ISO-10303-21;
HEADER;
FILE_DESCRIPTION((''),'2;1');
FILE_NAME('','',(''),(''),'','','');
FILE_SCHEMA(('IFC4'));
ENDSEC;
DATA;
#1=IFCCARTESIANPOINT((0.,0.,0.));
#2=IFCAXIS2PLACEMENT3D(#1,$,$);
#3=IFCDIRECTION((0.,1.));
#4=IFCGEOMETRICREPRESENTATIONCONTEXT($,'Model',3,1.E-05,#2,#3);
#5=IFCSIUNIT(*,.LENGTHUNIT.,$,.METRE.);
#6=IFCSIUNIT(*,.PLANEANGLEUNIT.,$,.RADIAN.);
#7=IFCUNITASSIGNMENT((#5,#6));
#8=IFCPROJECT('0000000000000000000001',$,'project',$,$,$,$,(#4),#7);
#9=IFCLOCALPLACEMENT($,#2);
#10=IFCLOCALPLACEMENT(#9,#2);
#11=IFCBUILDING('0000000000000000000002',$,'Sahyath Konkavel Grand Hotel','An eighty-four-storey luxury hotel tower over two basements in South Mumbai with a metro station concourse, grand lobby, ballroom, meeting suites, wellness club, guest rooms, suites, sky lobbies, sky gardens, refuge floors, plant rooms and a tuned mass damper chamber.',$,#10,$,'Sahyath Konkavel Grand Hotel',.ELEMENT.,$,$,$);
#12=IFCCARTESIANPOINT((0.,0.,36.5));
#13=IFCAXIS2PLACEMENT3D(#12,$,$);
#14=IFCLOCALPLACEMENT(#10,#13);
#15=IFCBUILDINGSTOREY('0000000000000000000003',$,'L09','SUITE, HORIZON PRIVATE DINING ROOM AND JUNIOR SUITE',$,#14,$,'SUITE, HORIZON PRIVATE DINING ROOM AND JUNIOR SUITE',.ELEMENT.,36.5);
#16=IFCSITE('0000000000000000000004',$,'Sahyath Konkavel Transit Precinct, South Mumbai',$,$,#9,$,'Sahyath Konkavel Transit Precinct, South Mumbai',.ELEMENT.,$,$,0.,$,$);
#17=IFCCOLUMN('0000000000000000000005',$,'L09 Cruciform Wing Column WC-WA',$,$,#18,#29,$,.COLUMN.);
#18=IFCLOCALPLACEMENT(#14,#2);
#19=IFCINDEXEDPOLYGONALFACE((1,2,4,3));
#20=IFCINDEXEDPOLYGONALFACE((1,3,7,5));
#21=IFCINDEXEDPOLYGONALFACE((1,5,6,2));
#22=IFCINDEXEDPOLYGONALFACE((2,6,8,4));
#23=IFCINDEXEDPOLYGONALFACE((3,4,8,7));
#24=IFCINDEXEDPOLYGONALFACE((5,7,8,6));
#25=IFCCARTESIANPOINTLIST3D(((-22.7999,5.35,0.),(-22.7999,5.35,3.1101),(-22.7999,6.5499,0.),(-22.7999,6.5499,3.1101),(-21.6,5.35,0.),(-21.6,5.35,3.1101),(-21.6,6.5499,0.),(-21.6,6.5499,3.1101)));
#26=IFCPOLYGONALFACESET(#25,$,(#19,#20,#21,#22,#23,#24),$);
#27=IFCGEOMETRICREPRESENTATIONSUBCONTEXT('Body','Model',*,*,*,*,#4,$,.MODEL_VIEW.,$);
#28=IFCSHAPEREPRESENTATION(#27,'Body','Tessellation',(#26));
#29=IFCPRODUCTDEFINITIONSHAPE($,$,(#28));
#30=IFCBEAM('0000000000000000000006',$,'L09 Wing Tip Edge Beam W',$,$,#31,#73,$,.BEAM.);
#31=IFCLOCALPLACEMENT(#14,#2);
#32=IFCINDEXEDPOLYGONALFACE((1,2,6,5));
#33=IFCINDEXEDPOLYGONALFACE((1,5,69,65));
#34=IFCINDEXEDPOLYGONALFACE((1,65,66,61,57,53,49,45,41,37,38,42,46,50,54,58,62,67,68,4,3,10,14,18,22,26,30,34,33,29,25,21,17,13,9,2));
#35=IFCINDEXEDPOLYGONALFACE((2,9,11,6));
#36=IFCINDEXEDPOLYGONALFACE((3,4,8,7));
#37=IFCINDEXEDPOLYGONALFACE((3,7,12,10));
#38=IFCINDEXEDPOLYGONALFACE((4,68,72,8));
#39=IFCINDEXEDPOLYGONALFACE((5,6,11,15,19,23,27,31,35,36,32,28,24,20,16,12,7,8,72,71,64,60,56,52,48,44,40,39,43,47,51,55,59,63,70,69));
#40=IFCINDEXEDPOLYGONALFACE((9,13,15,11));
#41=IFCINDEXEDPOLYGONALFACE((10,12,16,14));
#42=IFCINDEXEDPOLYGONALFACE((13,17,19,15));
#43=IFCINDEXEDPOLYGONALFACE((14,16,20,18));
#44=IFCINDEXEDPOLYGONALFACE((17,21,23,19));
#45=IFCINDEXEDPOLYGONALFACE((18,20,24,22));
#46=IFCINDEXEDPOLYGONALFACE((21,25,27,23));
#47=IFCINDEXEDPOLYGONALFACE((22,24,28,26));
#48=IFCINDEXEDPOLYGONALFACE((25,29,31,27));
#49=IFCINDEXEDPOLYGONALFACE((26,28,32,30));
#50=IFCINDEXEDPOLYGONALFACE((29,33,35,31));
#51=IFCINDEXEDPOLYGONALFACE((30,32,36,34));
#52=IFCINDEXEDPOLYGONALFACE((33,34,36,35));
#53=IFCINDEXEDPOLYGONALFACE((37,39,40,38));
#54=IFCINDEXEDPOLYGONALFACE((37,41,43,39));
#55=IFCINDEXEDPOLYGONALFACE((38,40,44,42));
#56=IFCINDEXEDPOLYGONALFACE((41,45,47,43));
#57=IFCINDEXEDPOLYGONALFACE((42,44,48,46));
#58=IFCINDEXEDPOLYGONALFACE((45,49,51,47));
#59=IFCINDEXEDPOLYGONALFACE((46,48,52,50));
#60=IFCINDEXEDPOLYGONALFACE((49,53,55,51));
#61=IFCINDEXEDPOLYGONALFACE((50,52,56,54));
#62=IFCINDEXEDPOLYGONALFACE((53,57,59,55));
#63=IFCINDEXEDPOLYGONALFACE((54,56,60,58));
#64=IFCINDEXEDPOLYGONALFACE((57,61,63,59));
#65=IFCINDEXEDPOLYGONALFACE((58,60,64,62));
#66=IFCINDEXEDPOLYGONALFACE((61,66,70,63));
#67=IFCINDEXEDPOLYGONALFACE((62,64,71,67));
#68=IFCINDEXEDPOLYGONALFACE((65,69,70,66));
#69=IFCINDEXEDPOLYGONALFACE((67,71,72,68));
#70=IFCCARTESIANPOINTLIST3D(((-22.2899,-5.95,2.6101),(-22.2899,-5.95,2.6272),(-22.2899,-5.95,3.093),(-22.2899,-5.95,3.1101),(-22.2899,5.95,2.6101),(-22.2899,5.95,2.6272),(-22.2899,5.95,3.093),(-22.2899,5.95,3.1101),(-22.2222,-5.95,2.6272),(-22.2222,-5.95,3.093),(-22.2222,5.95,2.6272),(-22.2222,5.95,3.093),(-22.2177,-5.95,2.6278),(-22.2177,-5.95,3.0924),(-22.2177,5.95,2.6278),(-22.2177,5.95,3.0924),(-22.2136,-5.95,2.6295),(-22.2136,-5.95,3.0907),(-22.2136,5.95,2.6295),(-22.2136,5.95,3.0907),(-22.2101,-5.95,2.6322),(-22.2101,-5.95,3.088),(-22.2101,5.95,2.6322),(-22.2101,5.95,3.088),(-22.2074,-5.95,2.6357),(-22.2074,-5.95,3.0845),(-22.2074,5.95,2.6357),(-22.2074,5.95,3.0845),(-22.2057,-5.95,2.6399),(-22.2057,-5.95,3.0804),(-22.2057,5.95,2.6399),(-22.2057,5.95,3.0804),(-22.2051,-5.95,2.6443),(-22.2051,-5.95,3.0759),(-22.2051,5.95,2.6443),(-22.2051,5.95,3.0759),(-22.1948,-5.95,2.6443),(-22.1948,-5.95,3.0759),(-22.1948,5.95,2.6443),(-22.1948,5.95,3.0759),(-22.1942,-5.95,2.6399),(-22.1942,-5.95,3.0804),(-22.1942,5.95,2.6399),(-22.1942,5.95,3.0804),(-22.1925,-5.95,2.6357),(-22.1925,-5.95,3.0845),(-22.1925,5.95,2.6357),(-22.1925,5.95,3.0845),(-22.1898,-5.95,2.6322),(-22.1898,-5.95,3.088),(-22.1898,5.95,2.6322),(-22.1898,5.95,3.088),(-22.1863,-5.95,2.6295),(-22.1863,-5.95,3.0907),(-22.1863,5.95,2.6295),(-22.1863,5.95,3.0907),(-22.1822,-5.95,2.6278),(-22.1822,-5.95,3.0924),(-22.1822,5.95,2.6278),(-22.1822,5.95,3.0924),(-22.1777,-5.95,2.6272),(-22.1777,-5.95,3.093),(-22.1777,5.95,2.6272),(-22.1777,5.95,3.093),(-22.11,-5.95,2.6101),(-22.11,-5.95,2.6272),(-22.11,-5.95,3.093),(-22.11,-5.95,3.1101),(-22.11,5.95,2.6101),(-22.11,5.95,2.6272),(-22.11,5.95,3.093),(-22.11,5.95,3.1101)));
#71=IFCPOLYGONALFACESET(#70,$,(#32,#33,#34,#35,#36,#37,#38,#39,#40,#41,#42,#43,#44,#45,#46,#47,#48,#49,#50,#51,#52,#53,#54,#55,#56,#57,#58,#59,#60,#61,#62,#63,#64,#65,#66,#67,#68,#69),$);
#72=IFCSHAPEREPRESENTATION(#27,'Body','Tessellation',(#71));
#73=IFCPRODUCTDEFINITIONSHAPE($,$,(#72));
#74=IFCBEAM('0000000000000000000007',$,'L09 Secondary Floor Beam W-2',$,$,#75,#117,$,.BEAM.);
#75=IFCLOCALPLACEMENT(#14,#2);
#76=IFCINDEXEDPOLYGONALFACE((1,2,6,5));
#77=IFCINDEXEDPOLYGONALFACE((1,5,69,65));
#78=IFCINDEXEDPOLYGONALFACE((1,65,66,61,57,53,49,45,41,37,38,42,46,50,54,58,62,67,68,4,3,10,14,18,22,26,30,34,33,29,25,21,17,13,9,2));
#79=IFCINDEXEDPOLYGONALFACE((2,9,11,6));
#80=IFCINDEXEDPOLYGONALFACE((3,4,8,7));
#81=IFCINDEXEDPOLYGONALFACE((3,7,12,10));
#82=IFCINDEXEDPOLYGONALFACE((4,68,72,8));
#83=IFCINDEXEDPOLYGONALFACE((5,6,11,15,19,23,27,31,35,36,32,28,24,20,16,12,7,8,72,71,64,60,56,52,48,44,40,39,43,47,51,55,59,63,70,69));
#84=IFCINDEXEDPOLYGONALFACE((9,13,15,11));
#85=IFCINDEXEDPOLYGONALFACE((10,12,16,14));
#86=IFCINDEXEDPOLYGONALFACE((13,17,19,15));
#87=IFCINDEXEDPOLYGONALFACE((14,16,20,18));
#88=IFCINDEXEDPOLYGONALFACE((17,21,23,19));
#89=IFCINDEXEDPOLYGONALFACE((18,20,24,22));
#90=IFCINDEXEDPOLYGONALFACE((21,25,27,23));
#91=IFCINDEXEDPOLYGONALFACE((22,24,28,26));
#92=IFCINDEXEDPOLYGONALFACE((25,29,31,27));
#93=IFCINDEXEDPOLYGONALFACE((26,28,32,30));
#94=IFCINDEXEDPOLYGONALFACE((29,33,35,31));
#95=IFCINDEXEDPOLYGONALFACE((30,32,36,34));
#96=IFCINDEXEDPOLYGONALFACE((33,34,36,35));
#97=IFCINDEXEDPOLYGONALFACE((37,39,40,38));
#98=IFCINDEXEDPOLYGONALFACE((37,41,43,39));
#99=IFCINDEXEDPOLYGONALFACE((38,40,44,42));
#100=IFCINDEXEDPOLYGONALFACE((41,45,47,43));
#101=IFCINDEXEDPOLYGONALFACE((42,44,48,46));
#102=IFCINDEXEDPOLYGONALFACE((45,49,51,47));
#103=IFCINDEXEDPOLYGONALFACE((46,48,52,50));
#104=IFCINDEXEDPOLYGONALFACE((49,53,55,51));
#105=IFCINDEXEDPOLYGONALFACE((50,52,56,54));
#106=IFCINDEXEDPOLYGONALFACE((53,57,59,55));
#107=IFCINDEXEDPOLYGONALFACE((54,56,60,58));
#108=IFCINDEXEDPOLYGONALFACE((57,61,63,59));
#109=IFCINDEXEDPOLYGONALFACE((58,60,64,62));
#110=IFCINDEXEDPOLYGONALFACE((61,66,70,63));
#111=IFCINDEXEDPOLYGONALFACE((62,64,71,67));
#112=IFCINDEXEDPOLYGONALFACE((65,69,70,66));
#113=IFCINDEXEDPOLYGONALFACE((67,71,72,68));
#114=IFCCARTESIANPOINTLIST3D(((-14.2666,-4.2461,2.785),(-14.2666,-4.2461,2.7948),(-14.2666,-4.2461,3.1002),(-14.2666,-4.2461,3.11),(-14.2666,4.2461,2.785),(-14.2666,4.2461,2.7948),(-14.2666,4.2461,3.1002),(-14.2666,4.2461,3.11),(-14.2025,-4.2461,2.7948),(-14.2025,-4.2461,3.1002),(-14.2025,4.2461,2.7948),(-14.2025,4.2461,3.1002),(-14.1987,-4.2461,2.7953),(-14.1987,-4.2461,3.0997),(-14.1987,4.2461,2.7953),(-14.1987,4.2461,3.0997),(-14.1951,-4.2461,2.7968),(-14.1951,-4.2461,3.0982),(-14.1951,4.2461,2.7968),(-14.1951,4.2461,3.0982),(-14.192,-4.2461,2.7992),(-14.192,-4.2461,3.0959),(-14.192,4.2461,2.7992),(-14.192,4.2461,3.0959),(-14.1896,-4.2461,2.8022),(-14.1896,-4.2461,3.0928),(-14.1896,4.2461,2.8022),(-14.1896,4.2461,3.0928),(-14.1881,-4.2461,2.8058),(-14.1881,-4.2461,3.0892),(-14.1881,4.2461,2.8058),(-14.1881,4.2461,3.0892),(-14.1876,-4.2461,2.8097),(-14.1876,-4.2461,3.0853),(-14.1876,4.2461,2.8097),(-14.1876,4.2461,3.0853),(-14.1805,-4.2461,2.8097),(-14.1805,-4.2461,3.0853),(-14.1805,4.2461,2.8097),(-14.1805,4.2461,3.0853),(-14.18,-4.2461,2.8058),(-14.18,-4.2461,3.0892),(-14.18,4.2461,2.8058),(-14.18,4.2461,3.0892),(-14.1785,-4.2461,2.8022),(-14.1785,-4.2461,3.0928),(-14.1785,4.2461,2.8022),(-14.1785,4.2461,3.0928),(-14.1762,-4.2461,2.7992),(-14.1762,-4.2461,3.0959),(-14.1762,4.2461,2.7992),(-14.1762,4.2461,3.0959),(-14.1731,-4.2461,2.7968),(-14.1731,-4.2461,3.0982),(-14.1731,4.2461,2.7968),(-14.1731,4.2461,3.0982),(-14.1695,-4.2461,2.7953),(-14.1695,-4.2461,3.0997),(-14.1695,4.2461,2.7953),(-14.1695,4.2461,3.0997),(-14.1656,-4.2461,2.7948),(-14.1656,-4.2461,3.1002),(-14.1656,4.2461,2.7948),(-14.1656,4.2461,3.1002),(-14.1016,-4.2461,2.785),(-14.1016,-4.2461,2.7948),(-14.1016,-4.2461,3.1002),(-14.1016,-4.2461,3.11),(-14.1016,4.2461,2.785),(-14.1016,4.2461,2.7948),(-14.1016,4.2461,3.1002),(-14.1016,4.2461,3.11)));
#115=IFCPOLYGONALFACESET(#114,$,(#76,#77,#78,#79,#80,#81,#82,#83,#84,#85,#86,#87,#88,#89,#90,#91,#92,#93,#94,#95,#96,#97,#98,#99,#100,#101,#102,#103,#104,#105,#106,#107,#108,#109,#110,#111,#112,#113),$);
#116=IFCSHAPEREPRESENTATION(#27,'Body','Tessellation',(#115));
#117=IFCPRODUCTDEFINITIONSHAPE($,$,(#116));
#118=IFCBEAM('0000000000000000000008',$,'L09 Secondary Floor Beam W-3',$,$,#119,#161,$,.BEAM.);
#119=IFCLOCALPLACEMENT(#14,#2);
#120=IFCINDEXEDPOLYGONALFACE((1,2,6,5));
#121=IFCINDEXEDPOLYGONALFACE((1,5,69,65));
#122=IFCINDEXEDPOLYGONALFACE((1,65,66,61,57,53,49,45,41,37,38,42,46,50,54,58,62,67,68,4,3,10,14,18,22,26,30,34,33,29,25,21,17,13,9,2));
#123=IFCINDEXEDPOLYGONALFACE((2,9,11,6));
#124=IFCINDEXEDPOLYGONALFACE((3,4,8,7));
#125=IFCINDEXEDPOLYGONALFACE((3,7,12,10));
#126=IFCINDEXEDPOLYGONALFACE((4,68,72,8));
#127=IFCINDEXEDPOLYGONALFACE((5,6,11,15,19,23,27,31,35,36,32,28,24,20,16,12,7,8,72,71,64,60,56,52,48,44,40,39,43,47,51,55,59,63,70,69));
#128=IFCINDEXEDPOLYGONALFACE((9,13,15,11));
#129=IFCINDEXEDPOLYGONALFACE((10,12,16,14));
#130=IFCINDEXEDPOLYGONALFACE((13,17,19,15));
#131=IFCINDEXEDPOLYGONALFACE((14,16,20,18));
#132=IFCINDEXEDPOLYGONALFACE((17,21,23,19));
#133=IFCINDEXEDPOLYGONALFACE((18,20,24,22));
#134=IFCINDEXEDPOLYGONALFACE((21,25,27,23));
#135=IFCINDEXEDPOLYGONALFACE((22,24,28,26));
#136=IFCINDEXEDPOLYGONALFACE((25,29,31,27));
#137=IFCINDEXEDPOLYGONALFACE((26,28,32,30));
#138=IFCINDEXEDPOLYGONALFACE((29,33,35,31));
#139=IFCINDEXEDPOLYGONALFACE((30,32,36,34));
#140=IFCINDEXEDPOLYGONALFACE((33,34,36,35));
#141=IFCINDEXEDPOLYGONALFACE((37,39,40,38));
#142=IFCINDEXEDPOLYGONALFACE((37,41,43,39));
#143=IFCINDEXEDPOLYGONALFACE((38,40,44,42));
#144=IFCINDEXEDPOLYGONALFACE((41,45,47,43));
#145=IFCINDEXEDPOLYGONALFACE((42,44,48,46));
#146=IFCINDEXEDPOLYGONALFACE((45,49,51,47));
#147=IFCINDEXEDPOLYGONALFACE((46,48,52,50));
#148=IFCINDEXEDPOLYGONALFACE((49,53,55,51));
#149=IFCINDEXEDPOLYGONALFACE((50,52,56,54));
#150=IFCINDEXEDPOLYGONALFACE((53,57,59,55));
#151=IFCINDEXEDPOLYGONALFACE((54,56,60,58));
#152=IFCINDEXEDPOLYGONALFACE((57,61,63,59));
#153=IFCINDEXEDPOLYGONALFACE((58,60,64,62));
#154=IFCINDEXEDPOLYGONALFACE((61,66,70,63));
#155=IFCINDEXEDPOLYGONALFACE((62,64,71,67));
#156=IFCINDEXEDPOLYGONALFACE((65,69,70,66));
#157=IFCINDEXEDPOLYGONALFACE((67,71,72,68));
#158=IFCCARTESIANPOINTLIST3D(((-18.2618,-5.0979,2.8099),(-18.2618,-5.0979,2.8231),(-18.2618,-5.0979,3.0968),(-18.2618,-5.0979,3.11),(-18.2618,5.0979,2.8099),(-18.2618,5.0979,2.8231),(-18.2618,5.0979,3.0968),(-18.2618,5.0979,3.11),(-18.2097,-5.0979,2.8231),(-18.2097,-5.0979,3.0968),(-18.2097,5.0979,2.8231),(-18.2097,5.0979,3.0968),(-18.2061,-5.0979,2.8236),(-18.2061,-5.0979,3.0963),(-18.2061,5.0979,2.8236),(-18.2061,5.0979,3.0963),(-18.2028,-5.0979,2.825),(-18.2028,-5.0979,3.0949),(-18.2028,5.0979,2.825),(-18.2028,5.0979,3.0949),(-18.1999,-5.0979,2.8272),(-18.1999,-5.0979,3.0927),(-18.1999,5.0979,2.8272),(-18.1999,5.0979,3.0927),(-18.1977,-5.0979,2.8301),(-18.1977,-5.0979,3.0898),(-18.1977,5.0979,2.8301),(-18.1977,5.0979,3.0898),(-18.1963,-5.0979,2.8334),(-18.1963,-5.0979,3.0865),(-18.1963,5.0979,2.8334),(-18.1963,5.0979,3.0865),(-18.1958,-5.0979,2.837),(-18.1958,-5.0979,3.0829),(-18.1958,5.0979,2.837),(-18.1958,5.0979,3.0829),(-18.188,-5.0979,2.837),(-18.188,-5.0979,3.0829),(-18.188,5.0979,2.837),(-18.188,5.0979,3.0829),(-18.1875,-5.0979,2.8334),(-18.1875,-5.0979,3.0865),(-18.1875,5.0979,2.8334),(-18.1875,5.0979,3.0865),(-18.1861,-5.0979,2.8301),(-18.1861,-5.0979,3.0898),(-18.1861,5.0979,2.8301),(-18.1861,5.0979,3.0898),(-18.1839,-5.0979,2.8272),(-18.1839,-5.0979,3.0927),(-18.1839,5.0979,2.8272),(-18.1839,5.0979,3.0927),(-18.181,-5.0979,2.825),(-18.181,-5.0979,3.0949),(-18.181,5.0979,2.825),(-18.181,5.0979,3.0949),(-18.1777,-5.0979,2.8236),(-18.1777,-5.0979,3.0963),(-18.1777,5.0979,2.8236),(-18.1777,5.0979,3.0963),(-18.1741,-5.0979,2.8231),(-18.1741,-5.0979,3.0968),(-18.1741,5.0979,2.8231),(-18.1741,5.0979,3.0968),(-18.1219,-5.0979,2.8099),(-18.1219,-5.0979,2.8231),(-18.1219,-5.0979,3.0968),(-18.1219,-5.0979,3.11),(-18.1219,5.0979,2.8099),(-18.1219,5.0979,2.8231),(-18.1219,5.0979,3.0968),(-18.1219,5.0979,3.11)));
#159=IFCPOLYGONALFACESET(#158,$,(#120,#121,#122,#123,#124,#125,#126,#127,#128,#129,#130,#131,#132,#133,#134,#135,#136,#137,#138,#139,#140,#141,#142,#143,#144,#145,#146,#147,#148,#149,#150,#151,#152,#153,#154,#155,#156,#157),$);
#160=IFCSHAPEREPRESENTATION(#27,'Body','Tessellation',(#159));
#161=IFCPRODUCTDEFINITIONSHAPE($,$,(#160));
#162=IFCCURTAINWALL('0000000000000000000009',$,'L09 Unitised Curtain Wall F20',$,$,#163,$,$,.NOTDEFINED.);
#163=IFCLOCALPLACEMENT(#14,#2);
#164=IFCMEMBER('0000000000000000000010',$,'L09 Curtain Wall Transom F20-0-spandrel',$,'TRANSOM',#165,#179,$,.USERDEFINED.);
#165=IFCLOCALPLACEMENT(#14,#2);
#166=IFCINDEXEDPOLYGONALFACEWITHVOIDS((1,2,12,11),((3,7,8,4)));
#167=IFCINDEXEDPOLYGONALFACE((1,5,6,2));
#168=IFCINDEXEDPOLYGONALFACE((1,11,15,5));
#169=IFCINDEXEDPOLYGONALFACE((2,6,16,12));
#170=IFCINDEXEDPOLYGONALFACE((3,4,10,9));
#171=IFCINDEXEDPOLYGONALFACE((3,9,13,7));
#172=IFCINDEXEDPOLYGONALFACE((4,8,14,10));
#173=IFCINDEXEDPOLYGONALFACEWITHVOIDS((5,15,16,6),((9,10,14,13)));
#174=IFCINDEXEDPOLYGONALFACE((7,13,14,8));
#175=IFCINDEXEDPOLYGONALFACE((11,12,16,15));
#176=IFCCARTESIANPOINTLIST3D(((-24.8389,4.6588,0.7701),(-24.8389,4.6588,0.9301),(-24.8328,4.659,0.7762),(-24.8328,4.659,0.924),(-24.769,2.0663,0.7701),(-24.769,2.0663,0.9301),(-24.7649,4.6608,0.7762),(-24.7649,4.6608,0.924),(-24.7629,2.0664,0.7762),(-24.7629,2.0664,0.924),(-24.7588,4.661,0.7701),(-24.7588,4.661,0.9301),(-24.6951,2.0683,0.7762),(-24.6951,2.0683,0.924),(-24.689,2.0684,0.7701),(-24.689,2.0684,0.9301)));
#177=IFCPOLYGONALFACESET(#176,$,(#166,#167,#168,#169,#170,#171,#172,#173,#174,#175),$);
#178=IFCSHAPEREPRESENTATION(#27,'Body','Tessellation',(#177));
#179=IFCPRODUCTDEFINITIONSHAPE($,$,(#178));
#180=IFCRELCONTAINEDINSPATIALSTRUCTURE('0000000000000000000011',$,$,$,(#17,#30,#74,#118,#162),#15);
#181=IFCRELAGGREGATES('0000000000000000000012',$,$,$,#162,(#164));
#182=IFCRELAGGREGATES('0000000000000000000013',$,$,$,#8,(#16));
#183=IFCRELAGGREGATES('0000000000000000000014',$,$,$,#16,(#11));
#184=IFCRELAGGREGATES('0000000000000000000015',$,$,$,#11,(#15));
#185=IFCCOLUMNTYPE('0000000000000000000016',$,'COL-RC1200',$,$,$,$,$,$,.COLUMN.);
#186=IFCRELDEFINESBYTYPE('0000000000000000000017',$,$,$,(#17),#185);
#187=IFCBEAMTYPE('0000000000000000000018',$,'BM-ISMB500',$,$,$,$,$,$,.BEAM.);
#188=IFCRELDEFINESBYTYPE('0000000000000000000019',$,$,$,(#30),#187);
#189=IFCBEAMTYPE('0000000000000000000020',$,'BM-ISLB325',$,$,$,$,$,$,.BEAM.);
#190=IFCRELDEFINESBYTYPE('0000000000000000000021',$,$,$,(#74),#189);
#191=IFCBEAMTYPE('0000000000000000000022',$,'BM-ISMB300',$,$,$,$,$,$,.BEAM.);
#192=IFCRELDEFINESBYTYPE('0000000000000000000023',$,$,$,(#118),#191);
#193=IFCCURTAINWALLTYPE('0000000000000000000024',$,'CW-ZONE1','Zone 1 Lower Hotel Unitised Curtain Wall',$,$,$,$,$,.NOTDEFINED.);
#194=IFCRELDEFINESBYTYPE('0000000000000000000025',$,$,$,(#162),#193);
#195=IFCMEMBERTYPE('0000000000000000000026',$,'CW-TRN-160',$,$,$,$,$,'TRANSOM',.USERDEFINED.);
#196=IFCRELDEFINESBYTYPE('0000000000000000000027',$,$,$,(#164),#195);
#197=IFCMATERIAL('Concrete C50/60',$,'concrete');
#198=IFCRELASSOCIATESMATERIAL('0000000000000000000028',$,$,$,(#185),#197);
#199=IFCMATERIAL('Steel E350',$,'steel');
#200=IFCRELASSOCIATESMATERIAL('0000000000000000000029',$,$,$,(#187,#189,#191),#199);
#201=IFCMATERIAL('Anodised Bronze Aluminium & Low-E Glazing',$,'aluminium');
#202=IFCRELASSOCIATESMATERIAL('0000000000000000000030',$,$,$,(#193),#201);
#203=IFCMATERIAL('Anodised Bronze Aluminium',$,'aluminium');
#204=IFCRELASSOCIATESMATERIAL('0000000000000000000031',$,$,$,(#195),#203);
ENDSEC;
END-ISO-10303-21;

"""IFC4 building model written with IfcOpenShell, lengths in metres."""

from ifc_helpers import new_model, si_unit, direction, frame, origin, origin_2d, place, context, subcontext, project, spatial, rectangle, hollow_rectangle, i_section, extrude, source, transform, mapped, material, material_profile, profile_set, type_object, element, aggregate, save


model = new_model("IFC4")

# Units and contexts
model_context = context("Model", 3, precision=1e-05, world=origin(), true_north=direction((0.0, 1.0)))
body_context = subcontext(model_context, "Body", "Model", "MODEL_VIEW")
ifc_project = project(units=[si_unit("LENGTHUNIT", "METRE"), si_unit("PLANEANGLEUNIT", "RADIAN")], contexts=[model_context])

# Site, building, storey
site_placement = place(None, origin())
site = spatial("IfcSite", under=ifc_project, at=site_placement, Name="Sahyath Konkavel Transit Precinct, South Mumbai", LongName="Sahyath Konkavel Transit Precinct, South Mumbai", CompositionType="ELEMENT", RefElevation=0.0)
building_placement = place(site_placement, origin())
building = spatial("IfcBuilding", under=site, at=building_placement, Name="Sahyath Konkavel Grand Hotel", Description="An eighty-four-storey luxury hotel tower over two basements in South Mumbai with a metro station concourse, grand lobby, ballroom, meeting suites, wellness club, guest rooms, suites, sky lobbies, sky gardens, refuge floors, plant rooms and a tuned mass damper chamber.", LongName="Sahyath Konkavel Grand Hotel", CompositionType="ELEMENT")
storey_placement = place(building_placement, frame((0.0, 0.0, 36.5)))
storey = spatial("IfcBuildingStorey", under=building, at=storey_placement, Name="L09", Description="SUITE, HORIZON PRIVATE DINING ROOM AND JUNIOR SUITE", LongName="SUITE, HORIZON PRIVATE DINING ROOM AND JUNIOR SUITE", CompositionType="ELEMENT", Elevation=36.5)

# Column
ifc_material_1 = material(Name="Concrete C50/60", Category="concrete")
ifc_material_profile_1 = material_profile(ifc_material_1, rectangle(XDim=1.2, YDim=1.2, at=origin_2d()), Name="RC 1200x1200")
ifc_profile_set_1 = profile_set([ifc_material_profile_1], Name="Concrete C50/60")
column_type = type_object("IfcColumnType", Name="COL-RC1200", PredefinedType="COLUMN", material=ifc_profile_set_1)
shared_shape_1 = source(origin(), body_context, "Body", "SweptSolid", [
    extrude(rectangle(XDim=1.2, YDim=1.2, at=origin_2d()), origin(), (0.0, 0.0, 1.0), 3.1101),
])
column_placement = place(storey_placement, frame((-22.2, 5.95, 0.0), z_axis=(0.0, 0.0, 1.0), x_axis=(1.0, 0.0, 0.0)))
element("IfcColumn", 1, at=column_placement, inside=storey, type_object=column_type, Name="L09 Cruciform Wing Column WC-WA", PredefinedType="COLUMN", context=body_context, shape_type="MappedRepresentation", body=[
    mapped(shared_shape_1, transform((0.0, 0.0, 0.0), scale=1.0)),
])

# Beams
ifc_material_2 = material(Name="Steel E350", Category="steel")
ifc_material_profile_2 = material_profile(ifc_material_2, i_section(OverallWidth=0.1799, OverallDepth=0.5, WebThickness=0.0103, FlangeThickness=0.0171, FilletRadius=0.0171, at=origin_2d()), Name="ISMB 500")
ifc_profile_set_2 = profile_set([ifc_material_profile_2], Name="Steel E350")
beam_type_1 = type_object("IfcBeamType", Name="BM-ISMB500", PredefinedType="BEAM", material=ifc_profile_set_2)
shared_shape_2 = source(origin(), body_context, "Body", "SweptSolid", [
    extrude(i_section(OverallWidth=0.1799, OverallDepth=0.5, WebThickness=0.0103, FlangeThickness=0.0171, FilletRadius=0.0171, at=origin_2d()), origin(), (0.0, 0.0, 1.0), 11.8999),
])
beam_1_placement = place(storey_placement, frame((-22.2, 5.95, 2.8601), z_axis=(0.0, -1.0, 0.0), x_axis=(1.0, 0.0, 0.0)))
element("IfcBeam", 2, at=beam_1_placement, inside=storey, type_object=beam_type_1, Name="L09 Wing Tip Edge Beam W", PredefinedType="BEAM", context=body_context, shape_type="MappedRepresentation", body=[
    mapped(shared_shape_2, transform((0.0, 0.0, 0.0), scale=1.0)),
])
ifc_material_profile_3 = material_profile(ifc_material_2, i_section(OverallWidth=0.165, OverallDepth=0.325, WebThickness=0.0071, FlangeThickness=0.0098, FilletRadius=0.0149, at=origin_2d()), Name="ISLB 325")
ifc_profile_set_3 = profile_set([ifc_material_profile_3], Name="Steel E350")
beam_type_2 = type_object("IfcBeamType", Name="BM-ISLB325", PredefinedType="BEAM", material=ifc_profile_set_3)
shared_shape_3 = source(origin(), body_context, "Body", "SweptSolid", [
    extrude(i_section(OverallWidth=0.165, OverallDepth=0.325, WebThickness=0.0071, FlangeThickness=0.0098, FilletRadius=0.0149, at=origin_2d()), origin(), (0.0, 0.0, 1.0), 8.4922),
])
beam_2_placement = place(storey_placement, frame((-14.1841, 4.2461, 2.9475), z_axis=(0.0, -1.0, 0.0), x_axis=(1.0, 0.0, 0.0)))
element("IfcBeam", 3, at=beam_2_placement, inside=storey, type_object=beam_type_2, Name="L09 Secondary Floor Beam W-2", PredefinedType="BEAM", context=body_context, shape_type="MappedRepresentation", body=[
    mapped(shared_shape_3, transform((0.0, 0.0, 0.0), scale=1.0)),
])
ifc_material_profile_4 = material_profile(ifc_material_2, i_section(OverallWidth=0.1399, OverallDepth=0.3, WebThickness=0.0078, FlangeThickness=0.0132, FilletRadius=0.0139, at=origin_2d()), Name="ISMB 300")
ifc_profile_set_4 = profile_set([ifc_material_profile_4], Name="Steel E350")
beam_type_3 = type_object("IfcBeamType", Name="BM-ISMB300", PredefinedType="BEAM", material=ifc_profile_set_4)
shared_shape_4 = source(origin(), body_context, "Body", "SweptSolid", [
    extrude(i_section(OverallWidth=0.1399, OverallDepth=0.3, WebThickness=0.0078, FlangeThickness=0.0132, FilletRadius=0.0139, at=origin_2d()), origin(), (0.0, 0.0, 1.0), 10.1958),
])
beam_3_placement = place(storey_placement, frame((-18.1919, 5.0979, 2.96), z_axis=(0.0, -1.0, 0.0), x_axis=(1.0, 0.0, 0.0)))
element("IfcBeam", 4, at=beam_3_placement, inside=storey, type_object=beam_type_3, Name="L09 Secondary Floor Beam W-3", PredefinedType="BEAM", context=body_context, shape_type="MappedRepresentation", body=[
    mapped(shared_shape_4, transform((0.0, 0.0, 0.0), scale=1.0)),
])

# Curtain wall, member
ifc_material_3 = material(Name="Anodised Bronze Aluminium & Low-E Glazing", Category="aluminium")
curtain_wall_type = type_object("IfcCurtainWallType", Name="CW-ZONE1", Description="Zone 1 Lower Hotel Unitised Curtain Wall", PredefinedType="NOTDEFINED", material=ifc_material_3)
curtain_wall_1_placement = place(storey_placement, origin())
curtain_wall_1 = element("IfcCurtainWall", 5, at=curtain_wall_1_placement, inside=storey, type_object=curtain_wall_type, Name="L09 Unitised Curtain Wall F20", PredefinedType="NOTDEFINED")
ifc_material_4 = material(Name="Anodised Bronze Aluminium", Category="aluminium")
ifc_material_profile_5 = material_profile(ifc_material_4, hollow_rectangle(XDim=0.0801, YDim=0.1599, WallThickness=0.0061, at=origin_2d()), Name="RHS 160x80x6")
ifc_profile_set_5 = profile_set([ifc_material_profile_5], Name="Anodised Bronze Aluminium")
member_type_1 = type_object("IfcMemberType", Name="CW-TRN-160", ElementType="TRANSOM", PredefinedType="USERDEFINED", material=ifc_profile_set_5)
shared_shape_5 = source(origin(), body_context, "Body", "SweptSolid", [
    extrude(hollow_rectangle(XDim=0.0801, YDim=0.1599, WallThickness=0.0061, at=origin_2d()), origin(), (0.0, 0.0, 1.0), 2.5935),
])
member_1_placement = place(storey_placement, frame((-24.7988, 4.6599, 0.8501), z_axis=(0.026923, -0.999638, 0.0), x_axis=(0.999638, 0.026923, 0.0)))
member_1 = element("IfcMember", 6, at=member_1_placement, type_object=member_type_1, Name="L09 Curtain Wall Transom F20-0-spandrel", ObjectType="TRANSOM", PredefinedType="USERDEFINED", context=body_context, shape_type="MappedRepresentation", body=[
    mapped(shared_shape_5, transform((0.0, 0.0, 0.0), scale=1.0)),
])

aggregate(curtain_wall_1, [member_1])

save(model, "model.ifc")
